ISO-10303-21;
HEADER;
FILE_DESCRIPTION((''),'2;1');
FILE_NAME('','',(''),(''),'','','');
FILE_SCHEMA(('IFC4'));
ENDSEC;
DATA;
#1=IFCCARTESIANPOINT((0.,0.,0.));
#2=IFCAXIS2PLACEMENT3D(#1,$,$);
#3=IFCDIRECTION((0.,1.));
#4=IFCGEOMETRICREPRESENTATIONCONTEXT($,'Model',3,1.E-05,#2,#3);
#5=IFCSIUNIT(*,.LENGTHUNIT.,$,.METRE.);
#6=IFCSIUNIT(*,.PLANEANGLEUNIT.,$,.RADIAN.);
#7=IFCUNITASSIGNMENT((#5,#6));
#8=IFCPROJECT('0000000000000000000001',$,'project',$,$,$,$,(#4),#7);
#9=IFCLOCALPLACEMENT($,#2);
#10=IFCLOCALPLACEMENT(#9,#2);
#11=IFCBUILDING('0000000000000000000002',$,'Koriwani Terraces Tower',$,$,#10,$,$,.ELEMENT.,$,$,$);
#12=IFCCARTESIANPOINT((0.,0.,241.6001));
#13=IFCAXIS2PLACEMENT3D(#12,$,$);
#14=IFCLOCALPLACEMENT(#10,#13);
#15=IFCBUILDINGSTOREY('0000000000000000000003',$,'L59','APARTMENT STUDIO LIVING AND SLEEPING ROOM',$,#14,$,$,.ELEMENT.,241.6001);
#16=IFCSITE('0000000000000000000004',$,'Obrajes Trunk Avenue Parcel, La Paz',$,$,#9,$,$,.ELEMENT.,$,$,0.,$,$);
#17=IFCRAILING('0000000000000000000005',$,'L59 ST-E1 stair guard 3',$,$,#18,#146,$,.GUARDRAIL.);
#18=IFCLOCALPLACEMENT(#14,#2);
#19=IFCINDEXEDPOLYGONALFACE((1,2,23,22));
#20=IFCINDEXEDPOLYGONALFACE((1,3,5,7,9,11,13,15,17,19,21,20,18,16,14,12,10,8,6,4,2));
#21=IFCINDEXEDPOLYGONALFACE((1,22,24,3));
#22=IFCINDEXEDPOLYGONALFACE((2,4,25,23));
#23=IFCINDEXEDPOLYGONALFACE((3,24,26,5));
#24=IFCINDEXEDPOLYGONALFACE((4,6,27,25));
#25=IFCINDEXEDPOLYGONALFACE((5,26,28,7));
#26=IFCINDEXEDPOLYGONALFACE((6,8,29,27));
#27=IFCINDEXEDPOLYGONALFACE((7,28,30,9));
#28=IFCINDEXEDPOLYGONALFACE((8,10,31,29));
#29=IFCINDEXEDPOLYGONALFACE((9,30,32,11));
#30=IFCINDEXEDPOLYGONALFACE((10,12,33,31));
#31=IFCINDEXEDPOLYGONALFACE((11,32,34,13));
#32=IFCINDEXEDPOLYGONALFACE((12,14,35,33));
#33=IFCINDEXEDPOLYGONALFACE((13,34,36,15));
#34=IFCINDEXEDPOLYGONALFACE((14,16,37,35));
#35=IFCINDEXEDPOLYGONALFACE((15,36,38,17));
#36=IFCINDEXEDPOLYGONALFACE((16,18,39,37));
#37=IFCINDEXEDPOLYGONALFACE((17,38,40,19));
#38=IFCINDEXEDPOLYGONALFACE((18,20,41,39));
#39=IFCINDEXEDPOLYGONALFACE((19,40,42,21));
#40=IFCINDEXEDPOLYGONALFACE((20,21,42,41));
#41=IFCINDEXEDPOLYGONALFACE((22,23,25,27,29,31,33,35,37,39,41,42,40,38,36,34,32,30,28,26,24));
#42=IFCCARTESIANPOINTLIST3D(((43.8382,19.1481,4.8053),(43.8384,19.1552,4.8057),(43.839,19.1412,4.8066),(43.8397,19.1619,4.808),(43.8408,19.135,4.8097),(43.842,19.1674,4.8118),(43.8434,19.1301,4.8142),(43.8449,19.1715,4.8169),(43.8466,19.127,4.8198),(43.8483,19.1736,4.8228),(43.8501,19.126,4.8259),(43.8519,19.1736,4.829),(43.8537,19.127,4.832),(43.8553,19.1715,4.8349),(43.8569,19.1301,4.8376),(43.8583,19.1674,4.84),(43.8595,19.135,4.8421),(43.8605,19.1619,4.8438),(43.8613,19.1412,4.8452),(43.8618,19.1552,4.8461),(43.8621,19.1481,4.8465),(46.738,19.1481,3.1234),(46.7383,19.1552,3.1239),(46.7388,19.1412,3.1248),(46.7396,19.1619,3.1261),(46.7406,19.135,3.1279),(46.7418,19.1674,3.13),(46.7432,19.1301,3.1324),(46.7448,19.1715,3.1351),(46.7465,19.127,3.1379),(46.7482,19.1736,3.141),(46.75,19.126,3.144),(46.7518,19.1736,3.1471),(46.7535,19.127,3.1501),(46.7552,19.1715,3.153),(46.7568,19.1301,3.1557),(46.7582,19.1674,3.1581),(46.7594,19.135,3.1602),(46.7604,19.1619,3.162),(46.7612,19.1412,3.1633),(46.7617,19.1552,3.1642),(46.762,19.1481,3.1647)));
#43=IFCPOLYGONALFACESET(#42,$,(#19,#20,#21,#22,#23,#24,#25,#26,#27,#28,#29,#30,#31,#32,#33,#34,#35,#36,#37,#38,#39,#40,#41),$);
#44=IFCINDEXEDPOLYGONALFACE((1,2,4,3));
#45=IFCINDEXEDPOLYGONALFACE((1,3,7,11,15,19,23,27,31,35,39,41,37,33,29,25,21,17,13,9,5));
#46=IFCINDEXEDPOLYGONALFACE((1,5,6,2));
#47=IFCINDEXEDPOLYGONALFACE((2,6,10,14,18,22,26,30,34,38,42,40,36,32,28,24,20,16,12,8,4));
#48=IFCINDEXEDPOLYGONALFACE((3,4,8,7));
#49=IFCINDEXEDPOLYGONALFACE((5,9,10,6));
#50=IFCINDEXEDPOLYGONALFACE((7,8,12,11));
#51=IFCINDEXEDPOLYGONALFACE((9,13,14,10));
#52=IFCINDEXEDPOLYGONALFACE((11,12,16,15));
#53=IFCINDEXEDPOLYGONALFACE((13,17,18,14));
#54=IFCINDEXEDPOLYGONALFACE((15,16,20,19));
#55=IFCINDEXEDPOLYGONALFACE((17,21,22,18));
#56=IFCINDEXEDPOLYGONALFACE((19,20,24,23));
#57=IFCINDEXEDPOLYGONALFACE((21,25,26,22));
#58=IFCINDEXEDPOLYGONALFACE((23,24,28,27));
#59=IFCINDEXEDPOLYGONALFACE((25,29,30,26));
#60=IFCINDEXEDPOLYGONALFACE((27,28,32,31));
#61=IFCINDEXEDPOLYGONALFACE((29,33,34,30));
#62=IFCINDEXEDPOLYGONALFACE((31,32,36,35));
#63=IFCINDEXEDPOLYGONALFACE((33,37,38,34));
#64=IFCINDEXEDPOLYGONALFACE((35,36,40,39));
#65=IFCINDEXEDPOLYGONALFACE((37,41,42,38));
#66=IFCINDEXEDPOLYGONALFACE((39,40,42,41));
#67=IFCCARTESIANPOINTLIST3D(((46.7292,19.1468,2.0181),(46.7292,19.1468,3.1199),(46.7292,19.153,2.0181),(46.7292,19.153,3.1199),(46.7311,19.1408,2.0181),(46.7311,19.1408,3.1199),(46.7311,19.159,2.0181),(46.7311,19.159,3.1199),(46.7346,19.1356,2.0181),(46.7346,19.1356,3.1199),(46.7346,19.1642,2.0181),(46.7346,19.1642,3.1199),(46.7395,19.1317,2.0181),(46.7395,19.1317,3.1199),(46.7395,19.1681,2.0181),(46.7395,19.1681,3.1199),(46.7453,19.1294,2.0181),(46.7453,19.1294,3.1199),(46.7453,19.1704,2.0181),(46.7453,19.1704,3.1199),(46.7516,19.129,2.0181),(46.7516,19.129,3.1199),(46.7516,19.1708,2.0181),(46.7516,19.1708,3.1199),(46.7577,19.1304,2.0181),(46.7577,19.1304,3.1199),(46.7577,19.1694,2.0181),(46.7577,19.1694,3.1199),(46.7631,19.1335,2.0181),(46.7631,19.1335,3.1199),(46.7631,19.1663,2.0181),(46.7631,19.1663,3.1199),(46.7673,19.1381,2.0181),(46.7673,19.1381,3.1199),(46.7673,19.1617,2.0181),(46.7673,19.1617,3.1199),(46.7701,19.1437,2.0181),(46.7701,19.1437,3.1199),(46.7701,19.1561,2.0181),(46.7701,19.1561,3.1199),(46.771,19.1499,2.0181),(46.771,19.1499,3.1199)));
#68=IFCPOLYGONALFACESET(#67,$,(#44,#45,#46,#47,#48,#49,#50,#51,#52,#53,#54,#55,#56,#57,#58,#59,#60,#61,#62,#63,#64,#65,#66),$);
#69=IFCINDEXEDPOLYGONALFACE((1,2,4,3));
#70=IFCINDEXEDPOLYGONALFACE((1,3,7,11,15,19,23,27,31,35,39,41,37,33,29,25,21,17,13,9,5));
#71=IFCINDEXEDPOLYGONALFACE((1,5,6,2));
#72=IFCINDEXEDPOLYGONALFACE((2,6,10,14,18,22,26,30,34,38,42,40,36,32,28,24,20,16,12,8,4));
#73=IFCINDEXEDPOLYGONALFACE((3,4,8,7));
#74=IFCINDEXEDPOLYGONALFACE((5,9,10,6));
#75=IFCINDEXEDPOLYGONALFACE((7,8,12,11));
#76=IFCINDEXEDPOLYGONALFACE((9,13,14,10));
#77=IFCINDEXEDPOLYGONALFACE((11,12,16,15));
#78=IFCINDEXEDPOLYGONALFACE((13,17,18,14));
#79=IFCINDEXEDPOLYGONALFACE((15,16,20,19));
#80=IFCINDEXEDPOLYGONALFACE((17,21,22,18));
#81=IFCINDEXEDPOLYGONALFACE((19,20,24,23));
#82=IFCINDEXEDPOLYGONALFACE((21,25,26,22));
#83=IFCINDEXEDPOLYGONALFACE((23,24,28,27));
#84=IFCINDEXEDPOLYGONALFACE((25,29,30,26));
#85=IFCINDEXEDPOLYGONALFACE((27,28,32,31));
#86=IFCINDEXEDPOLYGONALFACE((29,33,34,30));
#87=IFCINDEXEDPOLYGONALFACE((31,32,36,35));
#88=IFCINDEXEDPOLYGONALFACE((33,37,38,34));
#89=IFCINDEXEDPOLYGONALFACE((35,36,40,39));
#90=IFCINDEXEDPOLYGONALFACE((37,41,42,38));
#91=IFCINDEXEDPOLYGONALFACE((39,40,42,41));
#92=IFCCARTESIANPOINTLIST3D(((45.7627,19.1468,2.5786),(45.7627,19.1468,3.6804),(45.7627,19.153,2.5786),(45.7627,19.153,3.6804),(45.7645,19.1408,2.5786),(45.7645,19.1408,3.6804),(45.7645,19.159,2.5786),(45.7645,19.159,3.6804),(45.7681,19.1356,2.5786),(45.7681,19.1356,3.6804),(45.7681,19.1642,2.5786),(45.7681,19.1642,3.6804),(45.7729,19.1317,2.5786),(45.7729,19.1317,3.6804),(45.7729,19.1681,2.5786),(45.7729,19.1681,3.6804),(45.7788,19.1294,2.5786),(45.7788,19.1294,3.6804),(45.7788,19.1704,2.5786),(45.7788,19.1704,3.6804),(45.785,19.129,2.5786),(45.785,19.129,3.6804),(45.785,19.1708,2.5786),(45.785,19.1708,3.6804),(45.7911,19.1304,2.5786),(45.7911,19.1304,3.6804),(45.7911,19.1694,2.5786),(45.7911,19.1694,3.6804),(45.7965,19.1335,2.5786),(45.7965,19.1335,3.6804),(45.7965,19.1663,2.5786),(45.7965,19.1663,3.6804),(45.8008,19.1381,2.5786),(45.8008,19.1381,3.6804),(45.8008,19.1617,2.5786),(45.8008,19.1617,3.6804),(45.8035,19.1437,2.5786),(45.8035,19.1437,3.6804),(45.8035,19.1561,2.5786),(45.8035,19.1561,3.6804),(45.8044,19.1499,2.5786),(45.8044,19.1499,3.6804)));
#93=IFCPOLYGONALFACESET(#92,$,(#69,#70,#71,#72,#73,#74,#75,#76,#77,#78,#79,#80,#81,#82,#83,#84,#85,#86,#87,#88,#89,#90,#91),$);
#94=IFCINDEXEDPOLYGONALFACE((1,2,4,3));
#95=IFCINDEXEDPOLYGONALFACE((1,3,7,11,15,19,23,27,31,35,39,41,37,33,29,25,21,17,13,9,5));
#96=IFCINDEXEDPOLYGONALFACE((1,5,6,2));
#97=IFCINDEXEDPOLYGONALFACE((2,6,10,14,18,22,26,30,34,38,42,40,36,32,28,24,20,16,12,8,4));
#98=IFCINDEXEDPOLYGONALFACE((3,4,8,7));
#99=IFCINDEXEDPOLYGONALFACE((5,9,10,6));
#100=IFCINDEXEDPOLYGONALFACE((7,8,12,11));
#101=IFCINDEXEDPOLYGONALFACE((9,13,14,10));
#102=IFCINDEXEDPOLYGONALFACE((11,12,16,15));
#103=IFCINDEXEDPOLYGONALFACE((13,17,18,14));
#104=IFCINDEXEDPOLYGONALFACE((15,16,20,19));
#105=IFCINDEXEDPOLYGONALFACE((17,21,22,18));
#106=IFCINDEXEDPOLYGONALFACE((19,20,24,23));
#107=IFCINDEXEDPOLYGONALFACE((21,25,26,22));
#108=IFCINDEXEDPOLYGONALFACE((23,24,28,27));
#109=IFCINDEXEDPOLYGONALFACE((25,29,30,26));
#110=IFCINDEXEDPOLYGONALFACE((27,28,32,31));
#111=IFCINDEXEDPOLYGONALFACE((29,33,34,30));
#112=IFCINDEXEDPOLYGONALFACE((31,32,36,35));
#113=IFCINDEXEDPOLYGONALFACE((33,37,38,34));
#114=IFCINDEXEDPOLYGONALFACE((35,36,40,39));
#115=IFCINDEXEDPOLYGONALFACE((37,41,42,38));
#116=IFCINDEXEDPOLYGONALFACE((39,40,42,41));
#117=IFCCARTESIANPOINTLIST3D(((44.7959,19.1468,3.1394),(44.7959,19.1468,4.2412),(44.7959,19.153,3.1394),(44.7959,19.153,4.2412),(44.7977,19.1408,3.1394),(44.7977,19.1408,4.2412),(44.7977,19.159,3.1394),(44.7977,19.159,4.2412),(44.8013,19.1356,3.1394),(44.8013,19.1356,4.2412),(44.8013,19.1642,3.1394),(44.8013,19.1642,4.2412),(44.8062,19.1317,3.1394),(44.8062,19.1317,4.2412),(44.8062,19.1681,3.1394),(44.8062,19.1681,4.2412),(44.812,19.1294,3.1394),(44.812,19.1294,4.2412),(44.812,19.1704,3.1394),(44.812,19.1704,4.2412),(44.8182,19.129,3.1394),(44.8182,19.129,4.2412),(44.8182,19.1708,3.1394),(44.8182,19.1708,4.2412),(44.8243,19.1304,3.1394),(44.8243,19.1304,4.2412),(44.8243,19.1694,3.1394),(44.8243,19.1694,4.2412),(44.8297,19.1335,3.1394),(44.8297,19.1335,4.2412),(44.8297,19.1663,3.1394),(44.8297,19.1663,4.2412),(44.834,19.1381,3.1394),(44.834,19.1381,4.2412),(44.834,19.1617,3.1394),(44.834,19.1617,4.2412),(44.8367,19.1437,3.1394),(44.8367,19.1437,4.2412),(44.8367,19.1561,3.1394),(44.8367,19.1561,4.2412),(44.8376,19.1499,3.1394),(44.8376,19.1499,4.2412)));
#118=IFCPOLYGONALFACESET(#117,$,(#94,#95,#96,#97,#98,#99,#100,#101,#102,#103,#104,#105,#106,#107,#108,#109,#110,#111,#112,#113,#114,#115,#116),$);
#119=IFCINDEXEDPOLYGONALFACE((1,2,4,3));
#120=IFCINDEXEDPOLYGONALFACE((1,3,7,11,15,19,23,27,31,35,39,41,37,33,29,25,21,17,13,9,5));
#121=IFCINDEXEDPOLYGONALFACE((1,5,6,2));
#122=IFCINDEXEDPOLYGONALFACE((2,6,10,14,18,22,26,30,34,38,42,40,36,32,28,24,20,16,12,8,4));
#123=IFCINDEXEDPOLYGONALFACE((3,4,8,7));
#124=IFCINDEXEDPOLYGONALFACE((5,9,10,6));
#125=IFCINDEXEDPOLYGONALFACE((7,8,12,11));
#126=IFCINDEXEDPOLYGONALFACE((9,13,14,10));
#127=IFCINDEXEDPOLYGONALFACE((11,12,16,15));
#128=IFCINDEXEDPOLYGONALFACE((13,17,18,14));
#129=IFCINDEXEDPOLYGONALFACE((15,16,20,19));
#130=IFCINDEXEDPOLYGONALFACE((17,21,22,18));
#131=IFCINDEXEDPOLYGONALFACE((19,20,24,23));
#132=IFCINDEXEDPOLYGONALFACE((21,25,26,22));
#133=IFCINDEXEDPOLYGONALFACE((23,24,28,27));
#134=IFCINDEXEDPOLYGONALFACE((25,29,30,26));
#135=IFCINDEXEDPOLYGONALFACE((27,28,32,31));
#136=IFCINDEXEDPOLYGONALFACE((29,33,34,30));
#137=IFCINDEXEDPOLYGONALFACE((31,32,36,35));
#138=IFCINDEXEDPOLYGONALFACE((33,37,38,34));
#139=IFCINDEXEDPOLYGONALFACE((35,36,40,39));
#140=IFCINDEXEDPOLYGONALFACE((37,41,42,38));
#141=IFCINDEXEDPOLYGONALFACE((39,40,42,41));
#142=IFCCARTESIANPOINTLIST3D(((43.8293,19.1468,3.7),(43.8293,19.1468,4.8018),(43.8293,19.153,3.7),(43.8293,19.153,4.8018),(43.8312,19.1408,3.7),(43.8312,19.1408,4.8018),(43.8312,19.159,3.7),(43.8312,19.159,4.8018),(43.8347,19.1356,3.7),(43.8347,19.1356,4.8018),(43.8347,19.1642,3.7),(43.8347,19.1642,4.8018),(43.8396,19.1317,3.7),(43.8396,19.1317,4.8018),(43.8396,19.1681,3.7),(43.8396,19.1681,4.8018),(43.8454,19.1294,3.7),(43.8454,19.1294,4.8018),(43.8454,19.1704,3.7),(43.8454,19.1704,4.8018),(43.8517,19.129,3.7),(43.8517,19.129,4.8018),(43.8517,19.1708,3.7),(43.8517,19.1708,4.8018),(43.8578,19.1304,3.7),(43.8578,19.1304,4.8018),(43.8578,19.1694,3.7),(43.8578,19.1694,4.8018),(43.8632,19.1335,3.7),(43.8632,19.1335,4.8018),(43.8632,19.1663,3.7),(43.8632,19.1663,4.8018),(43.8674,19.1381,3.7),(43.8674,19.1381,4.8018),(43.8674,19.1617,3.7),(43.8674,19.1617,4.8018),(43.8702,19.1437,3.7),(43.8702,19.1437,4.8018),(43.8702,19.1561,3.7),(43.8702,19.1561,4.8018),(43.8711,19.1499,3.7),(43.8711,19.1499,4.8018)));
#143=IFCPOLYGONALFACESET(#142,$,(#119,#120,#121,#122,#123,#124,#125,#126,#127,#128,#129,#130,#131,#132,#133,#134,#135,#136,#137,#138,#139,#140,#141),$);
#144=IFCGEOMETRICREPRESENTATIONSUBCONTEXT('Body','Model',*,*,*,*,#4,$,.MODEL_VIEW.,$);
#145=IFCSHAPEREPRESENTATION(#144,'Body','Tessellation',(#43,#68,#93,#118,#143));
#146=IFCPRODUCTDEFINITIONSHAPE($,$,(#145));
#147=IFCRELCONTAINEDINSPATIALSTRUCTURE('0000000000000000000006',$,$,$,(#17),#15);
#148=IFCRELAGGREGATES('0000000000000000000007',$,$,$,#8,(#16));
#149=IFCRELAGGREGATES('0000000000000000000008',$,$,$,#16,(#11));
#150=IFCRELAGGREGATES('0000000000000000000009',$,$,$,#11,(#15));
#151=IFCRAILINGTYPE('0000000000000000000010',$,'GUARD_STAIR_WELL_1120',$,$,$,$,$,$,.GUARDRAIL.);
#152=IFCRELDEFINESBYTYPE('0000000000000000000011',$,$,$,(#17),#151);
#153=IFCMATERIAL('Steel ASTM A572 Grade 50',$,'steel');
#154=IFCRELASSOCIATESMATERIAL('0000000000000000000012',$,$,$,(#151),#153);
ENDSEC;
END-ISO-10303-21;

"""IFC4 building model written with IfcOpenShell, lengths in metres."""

from ifc_helpers import new_model, si_unit, direction, frame, origin, origin_2d, place, context, subcontext, project, spatial, circle, extrude, material, type_object, element, save


model = new_model("IFC4")

# Units and contexts
model_context = context("Model", 3, precision=1e-05, world=origin(), true_north=direction((0.0, 1.0)))
body_context = subcontext(model_context, "Body", "Model", "MODEL_VIEW")
ifc_project = project(units=[si_unit("LENGTHUNIT", "METRE"), si_unit("PLANEANGLEUNIT", "RADIAN")], contexts=[model_context])

# Site, building, storey
site_placement = place(None, origin())
site = spatial("IfcSite", under=ifc_project, at=site_placement, Name="Obrajes Trunk Avenue Parcel, La Paz", CompositionType="ELEMENT", RefElevation=0.0)
building_placement = place(site_placement, origin())
building = spatial("IfcBuilding", under=site, at=building_placement, Name="Koriwani Terraces Tower", CompositionType="ELEMENT")
storey_placement = place(building_placement, frame((0.0, 0.0, 241.6001)))
storey = spatial("IfcBuildingStorey", under=building, at=storey_placement, Name="L59", Description="APARTMENT STUDIO LIVING AND SLEEPING ROOM", CompositionType="ELEMENT", Elevation=241.6001)

# Shared definitions
ifc_material_1 = material(Name="Steel ASTM A572 Grade 50", Category="steel")

# Railing
railing_type_1 = type_object("IfcRailingType", Name="GUARD_STAIR_WELL_1120", PredefinedType="GUARDRAIL", material=ifc_material_1)
railing_1_placement = place(storey_placement, frame((46.75, 19.1499, 2.0181)))
element("IfcRailing", 1, at=railing_1_placement, inside=storey, type_object=railing_type_1, Name="L59 ST-E1 stair guard 3", PredefinedType="GUARDRAIL", context=body_context, shape_type="SweptSolid", body=[
    extrude(circle(Radius=0.0239, at=origin_2d()), frame((0.0, 0.0, 1.126), z_axis=(-0.865039, 0.0, 0.501705), x_axis=(0.0, -1.0, 0.0)), (0.0, 0.0, 1.0), 3.3523),
    extrude(circle(Radius=0.021, at=origin_2d()), origin(), (0.0, 0.0, 1.0), 1.1018),
    extrude(circle(Radius=0.021, at=origin_2d()), frame((-0.9666, 0.0, 0.5605)), (0.0, 0.0, 1.0), 1.1018),
    extrude(circle(Radius=0.021, at=origin_2d()), frame((-1.9333, 0.0, 1.1213)), (0.0, 0.0, 1.0), 1.1018),
    extrude(circle(Radius=0.021, at=origin_2d()), frame((-2.8999, 0.0, 1.6819)), (0.0, 0.0, 1.0), 1.1018),
])

save(model, "model.ifc")
